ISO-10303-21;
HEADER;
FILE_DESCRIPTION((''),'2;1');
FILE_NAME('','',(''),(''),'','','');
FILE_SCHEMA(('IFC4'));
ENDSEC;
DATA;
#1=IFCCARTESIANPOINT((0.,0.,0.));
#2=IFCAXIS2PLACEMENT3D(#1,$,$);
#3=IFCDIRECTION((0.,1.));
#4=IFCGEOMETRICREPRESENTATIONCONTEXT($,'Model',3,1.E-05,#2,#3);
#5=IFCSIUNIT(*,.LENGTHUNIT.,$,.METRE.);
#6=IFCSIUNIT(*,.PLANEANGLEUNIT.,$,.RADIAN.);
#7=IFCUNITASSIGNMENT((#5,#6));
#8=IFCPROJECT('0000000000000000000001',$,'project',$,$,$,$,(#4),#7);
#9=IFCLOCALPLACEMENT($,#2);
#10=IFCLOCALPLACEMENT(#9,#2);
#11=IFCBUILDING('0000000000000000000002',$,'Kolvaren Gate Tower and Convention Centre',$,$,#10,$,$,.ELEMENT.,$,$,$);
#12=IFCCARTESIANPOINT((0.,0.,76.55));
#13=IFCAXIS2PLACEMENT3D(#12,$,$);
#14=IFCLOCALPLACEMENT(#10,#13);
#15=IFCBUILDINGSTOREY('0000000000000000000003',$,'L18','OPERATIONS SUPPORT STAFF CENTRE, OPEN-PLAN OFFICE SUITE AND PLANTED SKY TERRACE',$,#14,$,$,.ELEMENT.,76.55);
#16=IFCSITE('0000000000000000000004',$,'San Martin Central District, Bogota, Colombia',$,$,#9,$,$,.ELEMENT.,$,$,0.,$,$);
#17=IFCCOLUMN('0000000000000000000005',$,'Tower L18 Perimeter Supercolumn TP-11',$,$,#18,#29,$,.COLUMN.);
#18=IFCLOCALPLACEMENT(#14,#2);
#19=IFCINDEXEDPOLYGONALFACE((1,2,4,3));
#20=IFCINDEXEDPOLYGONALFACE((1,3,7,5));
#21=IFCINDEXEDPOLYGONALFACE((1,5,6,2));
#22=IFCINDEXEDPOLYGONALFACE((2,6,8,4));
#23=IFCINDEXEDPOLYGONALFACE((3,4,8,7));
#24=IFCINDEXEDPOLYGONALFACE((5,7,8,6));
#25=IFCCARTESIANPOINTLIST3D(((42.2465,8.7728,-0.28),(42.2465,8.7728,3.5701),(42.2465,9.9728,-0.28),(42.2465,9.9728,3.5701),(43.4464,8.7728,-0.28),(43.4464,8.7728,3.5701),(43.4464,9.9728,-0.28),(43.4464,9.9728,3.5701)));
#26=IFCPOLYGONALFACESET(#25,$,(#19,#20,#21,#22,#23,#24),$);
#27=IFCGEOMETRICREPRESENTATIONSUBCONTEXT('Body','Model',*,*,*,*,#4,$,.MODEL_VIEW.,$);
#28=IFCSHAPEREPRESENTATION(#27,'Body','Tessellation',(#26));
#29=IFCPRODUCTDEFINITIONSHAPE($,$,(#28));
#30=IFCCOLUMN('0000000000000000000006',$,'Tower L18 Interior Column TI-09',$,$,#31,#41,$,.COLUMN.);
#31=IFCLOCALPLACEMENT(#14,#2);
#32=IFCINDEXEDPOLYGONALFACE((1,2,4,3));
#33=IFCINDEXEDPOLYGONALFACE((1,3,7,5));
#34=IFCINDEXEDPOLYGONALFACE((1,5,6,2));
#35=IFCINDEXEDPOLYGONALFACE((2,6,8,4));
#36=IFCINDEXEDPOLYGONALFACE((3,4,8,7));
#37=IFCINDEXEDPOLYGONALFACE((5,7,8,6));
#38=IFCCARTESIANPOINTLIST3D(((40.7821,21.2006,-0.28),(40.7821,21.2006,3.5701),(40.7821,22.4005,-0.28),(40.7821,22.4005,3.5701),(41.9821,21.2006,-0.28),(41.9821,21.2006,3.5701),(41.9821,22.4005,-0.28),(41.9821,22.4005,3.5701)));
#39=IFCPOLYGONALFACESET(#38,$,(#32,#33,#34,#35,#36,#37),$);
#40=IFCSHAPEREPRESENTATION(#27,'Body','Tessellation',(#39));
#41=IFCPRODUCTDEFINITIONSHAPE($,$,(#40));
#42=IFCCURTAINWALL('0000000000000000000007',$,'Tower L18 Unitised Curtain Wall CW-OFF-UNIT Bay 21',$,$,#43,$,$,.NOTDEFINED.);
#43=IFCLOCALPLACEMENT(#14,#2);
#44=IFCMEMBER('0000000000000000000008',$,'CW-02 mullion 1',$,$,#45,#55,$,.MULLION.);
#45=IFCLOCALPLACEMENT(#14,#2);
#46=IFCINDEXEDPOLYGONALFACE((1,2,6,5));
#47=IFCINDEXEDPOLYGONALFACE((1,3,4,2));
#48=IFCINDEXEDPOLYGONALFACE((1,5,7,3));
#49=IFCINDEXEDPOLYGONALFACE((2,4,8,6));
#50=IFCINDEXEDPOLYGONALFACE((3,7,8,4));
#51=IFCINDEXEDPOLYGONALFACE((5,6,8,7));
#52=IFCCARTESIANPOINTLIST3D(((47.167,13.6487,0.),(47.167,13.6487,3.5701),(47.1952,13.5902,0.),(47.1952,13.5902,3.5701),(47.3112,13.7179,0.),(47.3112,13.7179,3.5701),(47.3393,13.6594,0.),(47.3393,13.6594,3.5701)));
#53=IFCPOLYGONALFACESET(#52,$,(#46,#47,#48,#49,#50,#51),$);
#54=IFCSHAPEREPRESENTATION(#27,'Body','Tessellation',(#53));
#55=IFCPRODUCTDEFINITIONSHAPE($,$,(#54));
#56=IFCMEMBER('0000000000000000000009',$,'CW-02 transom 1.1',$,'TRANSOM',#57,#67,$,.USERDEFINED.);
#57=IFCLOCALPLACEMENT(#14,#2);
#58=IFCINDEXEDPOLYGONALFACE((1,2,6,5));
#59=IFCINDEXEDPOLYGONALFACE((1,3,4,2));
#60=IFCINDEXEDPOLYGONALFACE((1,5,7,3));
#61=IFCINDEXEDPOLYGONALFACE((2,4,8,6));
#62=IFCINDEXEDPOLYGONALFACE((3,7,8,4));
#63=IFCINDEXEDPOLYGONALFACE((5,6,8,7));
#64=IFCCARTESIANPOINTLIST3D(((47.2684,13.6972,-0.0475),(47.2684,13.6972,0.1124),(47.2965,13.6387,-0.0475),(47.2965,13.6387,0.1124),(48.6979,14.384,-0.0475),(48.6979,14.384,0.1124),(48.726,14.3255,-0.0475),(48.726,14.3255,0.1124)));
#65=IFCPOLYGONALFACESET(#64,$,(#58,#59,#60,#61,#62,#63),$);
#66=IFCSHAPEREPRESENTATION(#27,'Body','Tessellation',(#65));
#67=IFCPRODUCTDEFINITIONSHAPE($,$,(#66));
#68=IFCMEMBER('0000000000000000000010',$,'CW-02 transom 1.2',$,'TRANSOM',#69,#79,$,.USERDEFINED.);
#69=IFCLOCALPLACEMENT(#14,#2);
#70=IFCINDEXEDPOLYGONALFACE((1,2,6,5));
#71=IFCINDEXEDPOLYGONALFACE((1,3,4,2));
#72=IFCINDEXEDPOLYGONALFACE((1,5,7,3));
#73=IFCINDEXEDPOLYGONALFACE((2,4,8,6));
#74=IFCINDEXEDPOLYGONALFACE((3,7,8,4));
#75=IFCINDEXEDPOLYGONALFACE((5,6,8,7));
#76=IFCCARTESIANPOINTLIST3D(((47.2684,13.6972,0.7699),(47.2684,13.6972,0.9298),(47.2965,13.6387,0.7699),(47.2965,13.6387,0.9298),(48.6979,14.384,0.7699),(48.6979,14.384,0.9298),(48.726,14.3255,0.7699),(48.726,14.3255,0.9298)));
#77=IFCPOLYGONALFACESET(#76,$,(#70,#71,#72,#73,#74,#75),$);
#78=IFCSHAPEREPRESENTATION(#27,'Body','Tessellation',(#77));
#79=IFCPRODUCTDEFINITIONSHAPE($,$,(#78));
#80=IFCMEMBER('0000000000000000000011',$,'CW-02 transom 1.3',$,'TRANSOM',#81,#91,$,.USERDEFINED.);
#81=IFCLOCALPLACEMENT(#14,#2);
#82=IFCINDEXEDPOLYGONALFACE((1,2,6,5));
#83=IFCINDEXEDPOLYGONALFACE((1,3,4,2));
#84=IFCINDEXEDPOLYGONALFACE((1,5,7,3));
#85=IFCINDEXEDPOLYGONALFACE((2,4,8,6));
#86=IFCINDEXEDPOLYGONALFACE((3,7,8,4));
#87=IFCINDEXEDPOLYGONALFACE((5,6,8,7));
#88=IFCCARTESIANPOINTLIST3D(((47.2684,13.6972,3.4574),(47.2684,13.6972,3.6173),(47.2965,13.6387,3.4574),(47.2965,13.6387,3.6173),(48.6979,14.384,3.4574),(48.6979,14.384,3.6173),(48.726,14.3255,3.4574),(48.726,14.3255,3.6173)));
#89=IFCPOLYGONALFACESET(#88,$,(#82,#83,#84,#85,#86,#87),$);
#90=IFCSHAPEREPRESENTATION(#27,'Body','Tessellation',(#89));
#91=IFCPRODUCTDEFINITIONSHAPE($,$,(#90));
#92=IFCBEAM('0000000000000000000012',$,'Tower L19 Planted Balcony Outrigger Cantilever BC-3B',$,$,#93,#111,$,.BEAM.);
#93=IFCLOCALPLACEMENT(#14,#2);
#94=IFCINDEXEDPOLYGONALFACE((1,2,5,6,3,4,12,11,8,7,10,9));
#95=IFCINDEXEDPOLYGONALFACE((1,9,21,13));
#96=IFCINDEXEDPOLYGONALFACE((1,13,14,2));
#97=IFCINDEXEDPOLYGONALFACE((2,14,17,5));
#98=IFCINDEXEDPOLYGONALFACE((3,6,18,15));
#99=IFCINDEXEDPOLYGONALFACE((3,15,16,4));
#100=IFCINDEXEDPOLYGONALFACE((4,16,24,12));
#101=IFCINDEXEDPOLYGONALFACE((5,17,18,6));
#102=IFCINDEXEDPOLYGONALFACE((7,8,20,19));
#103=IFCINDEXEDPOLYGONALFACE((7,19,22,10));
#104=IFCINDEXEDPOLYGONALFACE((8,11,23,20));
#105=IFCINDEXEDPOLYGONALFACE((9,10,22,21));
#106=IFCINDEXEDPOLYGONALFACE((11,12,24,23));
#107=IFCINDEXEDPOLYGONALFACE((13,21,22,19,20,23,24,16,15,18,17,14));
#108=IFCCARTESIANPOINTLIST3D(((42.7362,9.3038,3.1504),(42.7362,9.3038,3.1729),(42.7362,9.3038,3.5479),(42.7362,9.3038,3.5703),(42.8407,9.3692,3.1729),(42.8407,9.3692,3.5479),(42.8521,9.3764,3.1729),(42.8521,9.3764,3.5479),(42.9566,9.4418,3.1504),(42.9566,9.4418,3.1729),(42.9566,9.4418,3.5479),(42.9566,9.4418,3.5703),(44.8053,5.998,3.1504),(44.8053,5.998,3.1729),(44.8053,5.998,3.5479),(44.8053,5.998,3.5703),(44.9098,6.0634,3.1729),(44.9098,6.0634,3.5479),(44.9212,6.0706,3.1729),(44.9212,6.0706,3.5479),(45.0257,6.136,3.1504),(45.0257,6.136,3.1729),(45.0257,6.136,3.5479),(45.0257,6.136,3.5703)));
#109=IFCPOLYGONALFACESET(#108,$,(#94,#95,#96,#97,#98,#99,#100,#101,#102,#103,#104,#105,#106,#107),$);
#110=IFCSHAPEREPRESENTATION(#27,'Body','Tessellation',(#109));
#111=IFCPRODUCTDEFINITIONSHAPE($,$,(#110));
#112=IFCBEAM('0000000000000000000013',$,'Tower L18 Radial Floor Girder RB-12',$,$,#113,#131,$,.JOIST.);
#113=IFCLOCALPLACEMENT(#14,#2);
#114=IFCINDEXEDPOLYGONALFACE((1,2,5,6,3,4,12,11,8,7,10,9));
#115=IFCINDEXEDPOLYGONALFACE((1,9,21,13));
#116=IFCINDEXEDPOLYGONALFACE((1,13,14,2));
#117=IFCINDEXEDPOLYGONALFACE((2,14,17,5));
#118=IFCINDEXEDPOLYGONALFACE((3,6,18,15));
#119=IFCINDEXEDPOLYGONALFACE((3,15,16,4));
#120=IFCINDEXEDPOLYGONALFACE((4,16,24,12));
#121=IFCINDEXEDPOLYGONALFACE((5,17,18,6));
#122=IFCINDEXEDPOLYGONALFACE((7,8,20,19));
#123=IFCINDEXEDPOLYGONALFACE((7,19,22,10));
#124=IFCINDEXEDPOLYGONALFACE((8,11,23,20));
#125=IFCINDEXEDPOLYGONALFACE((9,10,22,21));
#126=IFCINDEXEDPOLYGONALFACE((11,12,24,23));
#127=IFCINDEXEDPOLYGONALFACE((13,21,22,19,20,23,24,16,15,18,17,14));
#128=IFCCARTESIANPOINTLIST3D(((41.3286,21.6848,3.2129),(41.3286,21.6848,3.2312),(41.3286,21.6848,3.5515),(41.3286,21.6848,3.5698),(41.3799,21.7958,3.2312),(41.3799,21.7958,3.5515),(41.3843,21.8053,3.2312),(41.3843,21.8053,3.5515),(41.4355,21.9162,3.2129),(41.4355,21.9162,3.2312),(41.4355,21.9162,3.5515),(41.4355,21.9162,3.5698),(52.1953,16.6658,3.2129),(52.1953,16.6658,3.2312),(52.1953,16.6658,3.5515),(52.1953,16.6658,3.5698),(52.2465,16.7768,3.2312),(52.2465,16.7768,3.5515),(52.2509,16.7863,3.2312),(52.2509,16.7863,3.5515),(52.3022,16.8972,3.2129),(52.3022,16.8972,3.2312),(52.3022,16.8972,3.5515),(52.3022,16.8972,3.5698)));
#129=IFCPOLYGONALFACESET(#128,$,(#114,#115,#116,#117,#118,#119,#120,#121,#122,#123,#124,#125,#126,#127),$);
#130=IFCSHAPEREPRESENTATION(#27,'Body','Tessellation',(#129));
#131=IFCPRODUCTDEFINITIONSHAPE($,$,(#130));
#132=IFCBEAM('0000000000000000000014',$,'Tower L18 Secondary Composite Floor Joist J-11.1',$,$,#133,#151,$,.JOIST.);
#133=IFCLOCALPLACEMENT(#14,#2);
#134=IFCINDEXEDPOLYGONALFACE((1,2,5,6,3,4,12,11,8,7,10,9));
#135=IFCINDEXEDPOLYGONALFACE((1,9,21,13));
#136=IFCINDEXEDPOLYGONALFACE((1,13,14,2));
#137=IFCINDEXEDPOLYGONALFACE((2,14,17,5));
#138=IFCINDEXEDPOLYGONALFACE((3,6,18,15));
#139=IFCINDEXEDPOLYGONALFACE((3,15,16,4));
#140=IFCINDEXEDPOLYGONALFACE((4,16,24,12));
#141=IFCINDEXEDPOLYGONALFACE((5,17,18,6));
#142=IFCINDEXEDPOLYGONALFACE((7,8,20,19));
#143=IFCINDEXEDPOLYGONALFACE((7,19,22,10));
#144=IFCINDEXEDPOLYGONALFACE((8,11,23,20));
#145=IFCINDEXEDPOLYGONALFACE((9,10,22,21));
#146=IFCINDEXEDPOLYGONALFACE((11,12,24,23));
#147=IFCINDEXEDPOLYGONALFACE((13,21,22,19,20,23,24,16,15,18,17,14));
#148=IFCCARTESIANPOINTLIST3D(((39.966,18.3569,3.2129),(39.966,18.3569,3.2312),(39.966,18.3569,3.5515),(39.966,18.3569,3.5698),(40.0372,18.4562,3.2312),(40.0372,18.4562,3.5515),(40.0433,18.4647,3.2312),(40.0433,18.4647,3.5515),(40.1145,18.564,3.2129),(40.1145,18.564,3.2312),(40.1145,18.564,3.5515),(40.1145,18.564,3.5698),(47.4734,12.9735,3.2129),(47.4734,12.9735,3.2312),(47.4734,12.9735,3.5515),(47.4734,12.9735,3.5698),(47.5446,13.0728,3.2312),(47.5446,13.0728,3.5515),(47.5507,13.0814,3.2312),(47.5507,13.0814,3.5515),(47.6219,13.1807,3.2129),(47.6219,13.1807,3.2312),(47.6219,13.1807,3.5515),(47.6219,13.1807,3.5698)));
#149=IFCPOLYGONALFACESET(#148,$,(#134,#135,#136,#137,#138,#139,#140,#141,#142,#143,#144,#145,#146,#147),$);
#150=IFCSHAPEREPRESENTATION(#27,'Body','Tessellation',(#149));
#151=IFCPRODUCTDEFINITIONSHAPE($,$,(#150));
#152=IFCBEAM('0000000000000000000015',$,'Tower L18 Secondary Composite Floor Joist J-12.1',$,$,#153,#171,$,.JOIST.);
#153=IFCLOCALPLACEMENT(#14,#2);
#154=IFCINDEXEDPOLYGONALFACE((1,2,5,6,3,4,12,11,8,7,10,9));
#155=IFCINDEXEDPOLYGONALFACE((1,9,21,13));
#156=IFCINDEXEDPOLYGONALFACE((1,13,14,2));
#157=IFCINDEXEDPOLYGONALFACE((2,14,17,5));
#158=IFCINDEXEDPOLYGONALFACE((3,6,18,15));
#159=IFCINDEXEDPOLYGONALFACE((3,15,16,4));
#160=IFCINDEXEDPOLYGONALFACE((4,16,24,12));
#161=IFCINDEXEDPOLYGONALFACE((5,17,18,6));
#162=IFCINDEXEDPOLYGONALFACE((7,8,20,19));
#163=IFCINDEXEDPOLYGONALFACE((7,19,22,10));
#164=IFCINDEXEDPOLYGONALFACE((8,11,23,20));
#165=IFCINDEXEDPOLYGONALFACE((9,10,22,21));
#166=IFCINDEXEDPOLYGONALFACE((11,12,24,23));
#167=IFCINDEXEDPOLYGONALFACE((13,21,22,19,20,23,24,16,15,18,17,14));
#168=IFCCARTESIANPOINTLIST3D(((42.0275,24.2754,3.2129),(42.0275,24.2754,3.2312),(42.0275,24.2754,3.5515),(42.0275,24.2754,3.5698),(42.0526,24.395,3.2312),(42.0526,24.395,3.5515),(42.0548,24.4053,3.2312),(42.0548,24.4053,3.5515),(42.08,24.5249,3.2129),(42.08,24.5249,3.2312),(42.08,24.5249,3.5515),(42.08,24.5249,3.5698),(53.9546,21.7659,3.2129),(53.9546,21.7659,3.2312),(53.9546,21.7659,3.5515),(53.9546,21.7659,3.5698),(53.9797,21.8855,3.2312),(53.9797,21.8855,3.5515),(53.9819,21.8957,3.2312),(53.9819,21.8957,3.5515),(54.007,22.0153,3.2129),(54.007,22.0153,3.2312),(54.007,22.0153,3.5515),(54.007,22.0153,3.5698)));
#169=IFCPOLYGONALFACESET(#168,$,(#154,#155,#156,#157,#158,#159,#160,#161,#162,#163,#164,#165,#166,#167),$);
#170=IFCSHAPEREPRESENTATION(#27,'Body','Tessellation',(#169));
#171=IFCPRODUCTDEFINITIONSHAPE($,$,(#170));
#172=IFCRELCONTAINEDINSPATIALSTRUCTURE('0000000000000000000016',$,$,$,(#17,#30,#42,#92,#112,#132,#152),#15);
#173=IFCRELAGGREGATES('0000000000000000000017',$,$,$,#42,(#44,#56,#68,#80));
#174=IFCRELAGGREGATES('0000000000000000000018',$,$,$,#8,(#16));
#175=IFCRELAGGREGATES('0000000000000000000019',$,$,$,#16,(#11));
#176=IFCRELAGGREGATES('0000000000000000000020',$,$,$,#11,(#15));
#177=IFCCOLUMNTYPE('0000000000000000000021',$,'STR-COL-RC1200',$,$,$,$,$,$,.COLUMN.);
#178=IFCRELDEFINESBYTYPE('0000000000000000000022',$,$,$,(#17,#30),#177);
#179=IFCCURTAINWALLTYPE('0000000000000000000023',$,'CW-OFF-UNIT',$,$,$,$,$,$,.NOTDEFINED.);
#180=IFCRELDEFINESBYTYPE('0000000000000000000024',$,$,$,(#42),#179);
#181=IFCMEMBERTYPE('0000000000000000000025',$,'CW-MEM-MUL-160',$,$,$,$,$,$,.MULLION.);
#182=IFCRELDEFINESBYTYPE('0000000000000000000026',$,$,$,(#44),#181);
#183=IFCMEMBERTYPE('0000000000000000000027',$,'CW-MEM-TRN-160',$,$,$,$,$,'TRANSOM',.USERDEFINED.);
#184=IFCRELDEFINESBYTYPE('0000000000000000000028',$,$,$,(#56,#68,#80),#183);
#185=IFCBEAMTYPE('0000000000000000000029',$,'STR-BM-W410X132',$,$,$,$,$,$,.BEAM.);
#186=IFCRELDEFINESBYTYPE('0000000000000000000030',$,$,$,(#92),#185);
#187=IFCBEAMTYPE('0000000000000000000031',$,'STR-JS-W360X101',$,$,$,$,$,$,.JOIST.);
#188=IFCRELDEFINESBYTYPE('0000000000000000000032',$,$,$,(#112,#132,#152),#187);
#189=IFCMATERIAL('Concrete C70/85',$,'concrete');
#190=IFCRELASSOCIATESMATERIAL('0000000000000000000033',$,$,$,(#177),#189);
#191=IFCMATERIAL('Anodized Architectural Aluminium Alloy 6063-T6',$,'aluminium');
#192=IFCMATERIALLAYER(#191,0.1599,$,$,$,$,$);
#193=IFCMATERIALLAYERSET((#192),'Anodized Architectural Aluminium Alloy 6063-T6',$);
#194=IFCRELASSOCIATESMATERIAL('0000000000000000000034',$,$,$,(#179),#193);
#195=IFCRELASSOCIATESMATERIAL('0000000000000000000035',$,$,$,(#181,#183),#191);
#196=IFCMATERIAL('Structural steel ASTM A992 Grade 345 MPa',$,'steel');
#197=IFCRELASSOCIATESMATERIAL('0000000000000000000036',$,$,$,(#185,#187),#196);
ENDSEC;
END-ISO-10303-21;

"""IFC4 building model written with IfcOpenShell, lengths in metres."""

from ifc_helpers import new_model, si_unit, direction, frame, origin, origin_2d, place, context, subcontext, project, spatial, rectangle, i_section, extrude, material, layer, layer_set, material_profile, profile_set, type_object, element, aggregate, save


model = new_model("IFC4")

# Units and contexts
model_context = context("Model", 3, precision=1e-05, world=origin(), true_north=direction((0.0, 1.0)))
body_context = subcontext(model_context, "Body", "Model", "MODEL_VIEW")
ifc_project = project(units=[si_unit("LENGTHUNIT", "METRE"), si_unit("PLANEANGLEUNIT", "RADIAN")], contexts=[model_context])

# Site, building, storey
site_placement = place(None, origin())
site = spatial("IfcSite", under=ifc_project, at=site_placement, Name="San Martin Central District, Bogota, Colombia", CompositionType="ELEMENT", RefElevation=0.0)
building_placement = place(site_placement, origin())
building = spatial("IfcBuilding", under=site, at=building_placement, Name="Kolvaren Gate Tower and Convention Centre", CompositionType="ELEMENT")
storey_placement = place(building_placement, frame((0.0, 0.0, 76.55)))
storey = spatial("IfcBuildingStorey", under=building, at=storey_placement, Name="L18", Description="OPERATIONS SUPPORT STAFF CENTRE, OPEN-PLAN OFFICE SUITE AND PLANTED SKY TERRACE", CompositionType="ELEMENT", Elevation=76.55)

# Columns
ifc_material_1 = material(Name="Concrete C70/85", Category="concrete")
ifc_material_profile_1 = material_profile(ifc_material_1, rectangle(XDim=1.2, YDim=1.2, at=origin_2d()), Name="RC-COL-1200X1200")
ifc_profile_set_1 = profile_set([ifc_material_profile_1], Name="Concrete C70/85")
column_type = type_object("IfcColumnType", Name="STR-COL-RC1200", PredefinedType="COLUMN", material=ifc_profile_set_1)
for number, where, z_axis, x_axis, name in (
    (1, (42.8464, 9.3728, -0.28), (0.0, 0.0, 1.0), (1.0, 0.0, 0.0), "Tower L18 Perimeter Supercolumn TP-11"),
    (2, (41.3821, 21.8005, -0.28), (0.0, 0.0, 1.0), (1.0, 0.0, 0.0), "Tower L18 Interior Column TI-09"),
):
    element("IfcColumn", number, at=place(storey_placement, frame(where, z_axis=z_axis, x_axis=x_axis)), inside=storey, type_object=column_type, Name=name, PredefinedType="COLUMN", context=body_context, shape_type="SweptSolid", body=[
        extrude(rectangle(XDim=1.2, YDim=1.2, at=origin_2d()), origin(), (0.0, 0.0, 1.0), 3.8501),
    ])

# Curtain wall, members
ifc_material_2 = material(Name="Anodized Architectural Aluminium Alloy 6063-T6", Category="aluminium")
ifc_layer_1 = layer(ifc_material_2, 0.1599)
ifc_layer_set_1 = layer_set([ifc_layer_1], Name="Anodized Architectural Aluminium Alloy 6063-T6")
curtain_wall_type = type_object("IfcCurtainWallType", Name="CW-OFF-UNIT", PredefinedType="NOTDEFINED", material=ifc_layer_set_1)
curtain_wall_placement = place(storey_placement, origin())
curtain_wall = element("IfcCurtainWall", 3, at=curtain_wall_placement, inside=storey, type_object=curtain_wall_type, Name="Tower L18 Unitised Curtain Wall CW-OFF-UNIT Bay 21", PredefinedType="NOTDEFINED")
ifc_material_profile_2 = material_profile(ifc_material_2, rectangle(XDim=0.0649, YDim=0.1599, at=origin_2d()), Name="CW-MEM-MUL-160")
ifc_profile_set_2 = profile_set([ifc_material_profile_2], Name="Anodized Architectural Aluminium Alloy 6063-T6")
member_type_1 = type_object("IfcMemberType", Name="CW-MEM-MUL-160", PredefinedType="MULLION", material=ifc_profile_set_2)
member_1_placement = place(storey_placement, frame((47.2532, 13.6541, 0.0), z_axis=(0.0, 0.0, 1.0), x_axis=(-0.433067, 0.901362, 0.0)))
member_1 = element("IfcMember", 4, at=member_1_placement, type_object=member_type_1, Name="CW-02 mullion 1", PredefinedType="MULLION", context=body_context, shape_type="SweptSolid", body=[
    extrude(rectangle(XDim=0.0649, YDim=0.1599, at=origin_2d()), origin(), (0.0, 0.0, 1.0), 3.5701),
])
ifc_material_profile_3 = material_profile(ifc_material_2, rectangle(XDim=0.0649, YDim=0.1599, at=origin_2d()), Name="CW-MEM-TRN-160")
ifc_profile_set_3 = profile_set([ifc_material_profile_3], Name="Anodized Architectural Aluminium Alloy 6063-T6")
member_type_2 = type_object("IfcMemberType", Name="CW-MEM-TRN-160", ElementType="TRANSOM", PredefinedType="USERDEFINED", material=ifc_profile_set_3)
member_2_placement = place(storey_placement, frame((47.2825, 13.668, 0.0325), z_axis=(0.901367, 0.433056, 0.0), x_axis=(-0.433056, 0.901367, 0.0)))
member_2 = element("IfcMember", 5, at=member_2_placement, type_object=member_type_2, Name="CW-02 transom 1.1", ObjectType="TRANSOM", PredefinedType="USERDEFINED", context=body_context, shape_type="SweptSolid", body=[
    extrude(rectangle(XDim=0.0649, YDim=0.1599, at=origin_2d()), origin(), (0.0, 0.0, 1.0), 1.5859),
])
member_3_placement = place(storey_placement, frame((47.2825, 13.668, 0.8499), z_axis=(0.901367, 0.433056, 0.0), x_axis=(-0.433056, 0.901367, 0.0)))
member_3 = element("IfcMember", 6, at=member_3_placement, type_object=member_type_2, Name="CW-02 transom 1.2", ObjectType="TRANSOM", PredefinedType="USERDEFINED", context=body_context, shape_type="SweptSolid", body=[
    extrude(rectangle(XDim=0.0649, YDim=0.1599, at=origin_2d()), origin(), (0.0, 0.0, 1.0), 1.5859),
])
member_4_placement = place(storey_placement, frame((47.2825, 13.668, 3.5374), z_axis=(0.901367, 0.433056, 0.0), x_axis=(-0.433056, 0.901367, 0.0)))
member_4 = element("IfcMember", 7, at=member_4_placement, type_object=member_type_2, Name="CW-02 transom 1.3", ObjectType="TRANSOM", PredefinedType="USERDEFINED", context=body_context, shape_type="SweptSolid", body=[
    extrude(rectangle(XDim=0.0649, YDim=0.1599, at=origin_2d()), origin(), (0.0, 0.0, 1.0), 1.5859),
])

# Beams
ifc_material_3 = material(Name="Structural steel ASTM A992 Grade 345 MPa", Category="steel")
ifc_material_profile_4 = material_profile(ifc_material_3, i_section(OverallWidth=0.26, OverallDepth=0.4199, WebThickness=0.0134, FlangeThickness=0.0225, at=origin_2d()), Name="W410X132")
ifc_profile_set_4 = profile_set([ifc_material_profile_4], Name="Structural steel ASTM A992 Grade 345 MPa")
beam_type_1 = type_object("IfcBeamType", Name="STR-BM-W410X132", PredefinedType="BEAM", material=ifc_profile_set_4)
beam_1_placement = place(storey_placement, frame((42.8464, 9.3728, 3.3604), z_axis=(0.530533, -0.847664, 0.0), x_axis=(0.847664, 0.530533, 0.0)))
element("IfcBeam", 8, at=beam_1_placement, inside=storey, type_object=beam_type_1, Name="Tower L19 Planted Balcony Outrigger Cantilever BC-3B", PredefinedType="BEAM", context=body_context, shape_type="SweptSolid", body=[
    extrude(i_section(OverallWidth=0.26, OverallDepth=0.4199, WebThickness=0.0134, FlangeThickness=0.0225, at=origin_2d()), origin(), (0.0, 0.0, 1.0), 3.8999),
])
ifc_material_profile_5 = material_profile(ifc_material_3, i_section(OverallWidth=0.2549, OverallDepth=0.3569, WebThickness=0.0105, FlangeThickness=0.0183, at=origin_2d()), Name="W360X101")
ifc_profile_set_5 = profile_set([ifc_material_profile_5], Name="Structural steel ASTM A992 Grade 345 MPa")
beam_type_2 = type_object("IfcBeamType", Name="STR-JS-W360X101", PredefinedType="JOIST", material=ifc_profile_set_5)
beam_2_placement = place(storey_placement, frame((41.3821, 21.8005, 3.3914), z_axis=(0.907844, -0.419309, 0.0), x_axis=(0.419309, 0.907844, 0.0)))
element("IfcBeam", 9, at=beam_2_placement, inside=storey, type_object=beam_type_2, Name="Tower L18 Radial Floor Girder RB-12", PredefinedType="JOIST", context=body_context, shape_type="SweptSolid", body=[
    extrude(i_section(OverallWidth=0.2549, OverallDepth=0.3569, WebThickness=0.0105, FlangeThickness=0.0183, at=origin_2d()), origin(), (0.0, 0.0, 1.0), 11.9697),
])
beam_3_placement = place(storey_placement, frame((40.0403, 18.4604, 3.3914), z_axis=(0.812661, -0.582737, 0.0), x_axis=(0.582737, 0.812661, 0.0)))
element("IfcBeam", 10, at=beam_3_placement, inside=storey, type_object=beam_type_2, Name="Tower L18 Secondary Composite Floor Joist J-11.1", PredefinedType="JOIST", context=body_context, shape_type="SweptSolid", body=[
    extrude(i_section(OverallWidth=0.2549, OverallDepth=0.3569, WebThickness=0.0105, FlangeThickness=0.0183, at=origin_2d()), origin(), (0.0, 0.0, 1.0), 9.238),
])
beam_4_placement = place(storey_placement, frame((42.0537, 24.4001, 3.3914), z_axis=(0.978573, -0.205898, 0.0), x_axis=(0.205898, 0.978573, 0.0)))
element("IfcBeam", 11, at=beam_4_placement, inside=storey, type_object=beam_type_2, Name="Tower L18 Secondary Composite Floor Joist J-12.1", PredefinedType="JOIST", context=body_context, shape_type="SweptSolid", body=[
    extrude(i_section(OverallWidth=0.2549, OverallDepth=0.3569, WebThickness=0.0105, FlangeThickness=0.0183, at=origin_2d()), origin(), (0.0, 0.0, 1.0), 12.1882),
])

aggregate(curtain_wall, [member_1, member_2, member_3, member_4])

save(model, "model.ifc")
